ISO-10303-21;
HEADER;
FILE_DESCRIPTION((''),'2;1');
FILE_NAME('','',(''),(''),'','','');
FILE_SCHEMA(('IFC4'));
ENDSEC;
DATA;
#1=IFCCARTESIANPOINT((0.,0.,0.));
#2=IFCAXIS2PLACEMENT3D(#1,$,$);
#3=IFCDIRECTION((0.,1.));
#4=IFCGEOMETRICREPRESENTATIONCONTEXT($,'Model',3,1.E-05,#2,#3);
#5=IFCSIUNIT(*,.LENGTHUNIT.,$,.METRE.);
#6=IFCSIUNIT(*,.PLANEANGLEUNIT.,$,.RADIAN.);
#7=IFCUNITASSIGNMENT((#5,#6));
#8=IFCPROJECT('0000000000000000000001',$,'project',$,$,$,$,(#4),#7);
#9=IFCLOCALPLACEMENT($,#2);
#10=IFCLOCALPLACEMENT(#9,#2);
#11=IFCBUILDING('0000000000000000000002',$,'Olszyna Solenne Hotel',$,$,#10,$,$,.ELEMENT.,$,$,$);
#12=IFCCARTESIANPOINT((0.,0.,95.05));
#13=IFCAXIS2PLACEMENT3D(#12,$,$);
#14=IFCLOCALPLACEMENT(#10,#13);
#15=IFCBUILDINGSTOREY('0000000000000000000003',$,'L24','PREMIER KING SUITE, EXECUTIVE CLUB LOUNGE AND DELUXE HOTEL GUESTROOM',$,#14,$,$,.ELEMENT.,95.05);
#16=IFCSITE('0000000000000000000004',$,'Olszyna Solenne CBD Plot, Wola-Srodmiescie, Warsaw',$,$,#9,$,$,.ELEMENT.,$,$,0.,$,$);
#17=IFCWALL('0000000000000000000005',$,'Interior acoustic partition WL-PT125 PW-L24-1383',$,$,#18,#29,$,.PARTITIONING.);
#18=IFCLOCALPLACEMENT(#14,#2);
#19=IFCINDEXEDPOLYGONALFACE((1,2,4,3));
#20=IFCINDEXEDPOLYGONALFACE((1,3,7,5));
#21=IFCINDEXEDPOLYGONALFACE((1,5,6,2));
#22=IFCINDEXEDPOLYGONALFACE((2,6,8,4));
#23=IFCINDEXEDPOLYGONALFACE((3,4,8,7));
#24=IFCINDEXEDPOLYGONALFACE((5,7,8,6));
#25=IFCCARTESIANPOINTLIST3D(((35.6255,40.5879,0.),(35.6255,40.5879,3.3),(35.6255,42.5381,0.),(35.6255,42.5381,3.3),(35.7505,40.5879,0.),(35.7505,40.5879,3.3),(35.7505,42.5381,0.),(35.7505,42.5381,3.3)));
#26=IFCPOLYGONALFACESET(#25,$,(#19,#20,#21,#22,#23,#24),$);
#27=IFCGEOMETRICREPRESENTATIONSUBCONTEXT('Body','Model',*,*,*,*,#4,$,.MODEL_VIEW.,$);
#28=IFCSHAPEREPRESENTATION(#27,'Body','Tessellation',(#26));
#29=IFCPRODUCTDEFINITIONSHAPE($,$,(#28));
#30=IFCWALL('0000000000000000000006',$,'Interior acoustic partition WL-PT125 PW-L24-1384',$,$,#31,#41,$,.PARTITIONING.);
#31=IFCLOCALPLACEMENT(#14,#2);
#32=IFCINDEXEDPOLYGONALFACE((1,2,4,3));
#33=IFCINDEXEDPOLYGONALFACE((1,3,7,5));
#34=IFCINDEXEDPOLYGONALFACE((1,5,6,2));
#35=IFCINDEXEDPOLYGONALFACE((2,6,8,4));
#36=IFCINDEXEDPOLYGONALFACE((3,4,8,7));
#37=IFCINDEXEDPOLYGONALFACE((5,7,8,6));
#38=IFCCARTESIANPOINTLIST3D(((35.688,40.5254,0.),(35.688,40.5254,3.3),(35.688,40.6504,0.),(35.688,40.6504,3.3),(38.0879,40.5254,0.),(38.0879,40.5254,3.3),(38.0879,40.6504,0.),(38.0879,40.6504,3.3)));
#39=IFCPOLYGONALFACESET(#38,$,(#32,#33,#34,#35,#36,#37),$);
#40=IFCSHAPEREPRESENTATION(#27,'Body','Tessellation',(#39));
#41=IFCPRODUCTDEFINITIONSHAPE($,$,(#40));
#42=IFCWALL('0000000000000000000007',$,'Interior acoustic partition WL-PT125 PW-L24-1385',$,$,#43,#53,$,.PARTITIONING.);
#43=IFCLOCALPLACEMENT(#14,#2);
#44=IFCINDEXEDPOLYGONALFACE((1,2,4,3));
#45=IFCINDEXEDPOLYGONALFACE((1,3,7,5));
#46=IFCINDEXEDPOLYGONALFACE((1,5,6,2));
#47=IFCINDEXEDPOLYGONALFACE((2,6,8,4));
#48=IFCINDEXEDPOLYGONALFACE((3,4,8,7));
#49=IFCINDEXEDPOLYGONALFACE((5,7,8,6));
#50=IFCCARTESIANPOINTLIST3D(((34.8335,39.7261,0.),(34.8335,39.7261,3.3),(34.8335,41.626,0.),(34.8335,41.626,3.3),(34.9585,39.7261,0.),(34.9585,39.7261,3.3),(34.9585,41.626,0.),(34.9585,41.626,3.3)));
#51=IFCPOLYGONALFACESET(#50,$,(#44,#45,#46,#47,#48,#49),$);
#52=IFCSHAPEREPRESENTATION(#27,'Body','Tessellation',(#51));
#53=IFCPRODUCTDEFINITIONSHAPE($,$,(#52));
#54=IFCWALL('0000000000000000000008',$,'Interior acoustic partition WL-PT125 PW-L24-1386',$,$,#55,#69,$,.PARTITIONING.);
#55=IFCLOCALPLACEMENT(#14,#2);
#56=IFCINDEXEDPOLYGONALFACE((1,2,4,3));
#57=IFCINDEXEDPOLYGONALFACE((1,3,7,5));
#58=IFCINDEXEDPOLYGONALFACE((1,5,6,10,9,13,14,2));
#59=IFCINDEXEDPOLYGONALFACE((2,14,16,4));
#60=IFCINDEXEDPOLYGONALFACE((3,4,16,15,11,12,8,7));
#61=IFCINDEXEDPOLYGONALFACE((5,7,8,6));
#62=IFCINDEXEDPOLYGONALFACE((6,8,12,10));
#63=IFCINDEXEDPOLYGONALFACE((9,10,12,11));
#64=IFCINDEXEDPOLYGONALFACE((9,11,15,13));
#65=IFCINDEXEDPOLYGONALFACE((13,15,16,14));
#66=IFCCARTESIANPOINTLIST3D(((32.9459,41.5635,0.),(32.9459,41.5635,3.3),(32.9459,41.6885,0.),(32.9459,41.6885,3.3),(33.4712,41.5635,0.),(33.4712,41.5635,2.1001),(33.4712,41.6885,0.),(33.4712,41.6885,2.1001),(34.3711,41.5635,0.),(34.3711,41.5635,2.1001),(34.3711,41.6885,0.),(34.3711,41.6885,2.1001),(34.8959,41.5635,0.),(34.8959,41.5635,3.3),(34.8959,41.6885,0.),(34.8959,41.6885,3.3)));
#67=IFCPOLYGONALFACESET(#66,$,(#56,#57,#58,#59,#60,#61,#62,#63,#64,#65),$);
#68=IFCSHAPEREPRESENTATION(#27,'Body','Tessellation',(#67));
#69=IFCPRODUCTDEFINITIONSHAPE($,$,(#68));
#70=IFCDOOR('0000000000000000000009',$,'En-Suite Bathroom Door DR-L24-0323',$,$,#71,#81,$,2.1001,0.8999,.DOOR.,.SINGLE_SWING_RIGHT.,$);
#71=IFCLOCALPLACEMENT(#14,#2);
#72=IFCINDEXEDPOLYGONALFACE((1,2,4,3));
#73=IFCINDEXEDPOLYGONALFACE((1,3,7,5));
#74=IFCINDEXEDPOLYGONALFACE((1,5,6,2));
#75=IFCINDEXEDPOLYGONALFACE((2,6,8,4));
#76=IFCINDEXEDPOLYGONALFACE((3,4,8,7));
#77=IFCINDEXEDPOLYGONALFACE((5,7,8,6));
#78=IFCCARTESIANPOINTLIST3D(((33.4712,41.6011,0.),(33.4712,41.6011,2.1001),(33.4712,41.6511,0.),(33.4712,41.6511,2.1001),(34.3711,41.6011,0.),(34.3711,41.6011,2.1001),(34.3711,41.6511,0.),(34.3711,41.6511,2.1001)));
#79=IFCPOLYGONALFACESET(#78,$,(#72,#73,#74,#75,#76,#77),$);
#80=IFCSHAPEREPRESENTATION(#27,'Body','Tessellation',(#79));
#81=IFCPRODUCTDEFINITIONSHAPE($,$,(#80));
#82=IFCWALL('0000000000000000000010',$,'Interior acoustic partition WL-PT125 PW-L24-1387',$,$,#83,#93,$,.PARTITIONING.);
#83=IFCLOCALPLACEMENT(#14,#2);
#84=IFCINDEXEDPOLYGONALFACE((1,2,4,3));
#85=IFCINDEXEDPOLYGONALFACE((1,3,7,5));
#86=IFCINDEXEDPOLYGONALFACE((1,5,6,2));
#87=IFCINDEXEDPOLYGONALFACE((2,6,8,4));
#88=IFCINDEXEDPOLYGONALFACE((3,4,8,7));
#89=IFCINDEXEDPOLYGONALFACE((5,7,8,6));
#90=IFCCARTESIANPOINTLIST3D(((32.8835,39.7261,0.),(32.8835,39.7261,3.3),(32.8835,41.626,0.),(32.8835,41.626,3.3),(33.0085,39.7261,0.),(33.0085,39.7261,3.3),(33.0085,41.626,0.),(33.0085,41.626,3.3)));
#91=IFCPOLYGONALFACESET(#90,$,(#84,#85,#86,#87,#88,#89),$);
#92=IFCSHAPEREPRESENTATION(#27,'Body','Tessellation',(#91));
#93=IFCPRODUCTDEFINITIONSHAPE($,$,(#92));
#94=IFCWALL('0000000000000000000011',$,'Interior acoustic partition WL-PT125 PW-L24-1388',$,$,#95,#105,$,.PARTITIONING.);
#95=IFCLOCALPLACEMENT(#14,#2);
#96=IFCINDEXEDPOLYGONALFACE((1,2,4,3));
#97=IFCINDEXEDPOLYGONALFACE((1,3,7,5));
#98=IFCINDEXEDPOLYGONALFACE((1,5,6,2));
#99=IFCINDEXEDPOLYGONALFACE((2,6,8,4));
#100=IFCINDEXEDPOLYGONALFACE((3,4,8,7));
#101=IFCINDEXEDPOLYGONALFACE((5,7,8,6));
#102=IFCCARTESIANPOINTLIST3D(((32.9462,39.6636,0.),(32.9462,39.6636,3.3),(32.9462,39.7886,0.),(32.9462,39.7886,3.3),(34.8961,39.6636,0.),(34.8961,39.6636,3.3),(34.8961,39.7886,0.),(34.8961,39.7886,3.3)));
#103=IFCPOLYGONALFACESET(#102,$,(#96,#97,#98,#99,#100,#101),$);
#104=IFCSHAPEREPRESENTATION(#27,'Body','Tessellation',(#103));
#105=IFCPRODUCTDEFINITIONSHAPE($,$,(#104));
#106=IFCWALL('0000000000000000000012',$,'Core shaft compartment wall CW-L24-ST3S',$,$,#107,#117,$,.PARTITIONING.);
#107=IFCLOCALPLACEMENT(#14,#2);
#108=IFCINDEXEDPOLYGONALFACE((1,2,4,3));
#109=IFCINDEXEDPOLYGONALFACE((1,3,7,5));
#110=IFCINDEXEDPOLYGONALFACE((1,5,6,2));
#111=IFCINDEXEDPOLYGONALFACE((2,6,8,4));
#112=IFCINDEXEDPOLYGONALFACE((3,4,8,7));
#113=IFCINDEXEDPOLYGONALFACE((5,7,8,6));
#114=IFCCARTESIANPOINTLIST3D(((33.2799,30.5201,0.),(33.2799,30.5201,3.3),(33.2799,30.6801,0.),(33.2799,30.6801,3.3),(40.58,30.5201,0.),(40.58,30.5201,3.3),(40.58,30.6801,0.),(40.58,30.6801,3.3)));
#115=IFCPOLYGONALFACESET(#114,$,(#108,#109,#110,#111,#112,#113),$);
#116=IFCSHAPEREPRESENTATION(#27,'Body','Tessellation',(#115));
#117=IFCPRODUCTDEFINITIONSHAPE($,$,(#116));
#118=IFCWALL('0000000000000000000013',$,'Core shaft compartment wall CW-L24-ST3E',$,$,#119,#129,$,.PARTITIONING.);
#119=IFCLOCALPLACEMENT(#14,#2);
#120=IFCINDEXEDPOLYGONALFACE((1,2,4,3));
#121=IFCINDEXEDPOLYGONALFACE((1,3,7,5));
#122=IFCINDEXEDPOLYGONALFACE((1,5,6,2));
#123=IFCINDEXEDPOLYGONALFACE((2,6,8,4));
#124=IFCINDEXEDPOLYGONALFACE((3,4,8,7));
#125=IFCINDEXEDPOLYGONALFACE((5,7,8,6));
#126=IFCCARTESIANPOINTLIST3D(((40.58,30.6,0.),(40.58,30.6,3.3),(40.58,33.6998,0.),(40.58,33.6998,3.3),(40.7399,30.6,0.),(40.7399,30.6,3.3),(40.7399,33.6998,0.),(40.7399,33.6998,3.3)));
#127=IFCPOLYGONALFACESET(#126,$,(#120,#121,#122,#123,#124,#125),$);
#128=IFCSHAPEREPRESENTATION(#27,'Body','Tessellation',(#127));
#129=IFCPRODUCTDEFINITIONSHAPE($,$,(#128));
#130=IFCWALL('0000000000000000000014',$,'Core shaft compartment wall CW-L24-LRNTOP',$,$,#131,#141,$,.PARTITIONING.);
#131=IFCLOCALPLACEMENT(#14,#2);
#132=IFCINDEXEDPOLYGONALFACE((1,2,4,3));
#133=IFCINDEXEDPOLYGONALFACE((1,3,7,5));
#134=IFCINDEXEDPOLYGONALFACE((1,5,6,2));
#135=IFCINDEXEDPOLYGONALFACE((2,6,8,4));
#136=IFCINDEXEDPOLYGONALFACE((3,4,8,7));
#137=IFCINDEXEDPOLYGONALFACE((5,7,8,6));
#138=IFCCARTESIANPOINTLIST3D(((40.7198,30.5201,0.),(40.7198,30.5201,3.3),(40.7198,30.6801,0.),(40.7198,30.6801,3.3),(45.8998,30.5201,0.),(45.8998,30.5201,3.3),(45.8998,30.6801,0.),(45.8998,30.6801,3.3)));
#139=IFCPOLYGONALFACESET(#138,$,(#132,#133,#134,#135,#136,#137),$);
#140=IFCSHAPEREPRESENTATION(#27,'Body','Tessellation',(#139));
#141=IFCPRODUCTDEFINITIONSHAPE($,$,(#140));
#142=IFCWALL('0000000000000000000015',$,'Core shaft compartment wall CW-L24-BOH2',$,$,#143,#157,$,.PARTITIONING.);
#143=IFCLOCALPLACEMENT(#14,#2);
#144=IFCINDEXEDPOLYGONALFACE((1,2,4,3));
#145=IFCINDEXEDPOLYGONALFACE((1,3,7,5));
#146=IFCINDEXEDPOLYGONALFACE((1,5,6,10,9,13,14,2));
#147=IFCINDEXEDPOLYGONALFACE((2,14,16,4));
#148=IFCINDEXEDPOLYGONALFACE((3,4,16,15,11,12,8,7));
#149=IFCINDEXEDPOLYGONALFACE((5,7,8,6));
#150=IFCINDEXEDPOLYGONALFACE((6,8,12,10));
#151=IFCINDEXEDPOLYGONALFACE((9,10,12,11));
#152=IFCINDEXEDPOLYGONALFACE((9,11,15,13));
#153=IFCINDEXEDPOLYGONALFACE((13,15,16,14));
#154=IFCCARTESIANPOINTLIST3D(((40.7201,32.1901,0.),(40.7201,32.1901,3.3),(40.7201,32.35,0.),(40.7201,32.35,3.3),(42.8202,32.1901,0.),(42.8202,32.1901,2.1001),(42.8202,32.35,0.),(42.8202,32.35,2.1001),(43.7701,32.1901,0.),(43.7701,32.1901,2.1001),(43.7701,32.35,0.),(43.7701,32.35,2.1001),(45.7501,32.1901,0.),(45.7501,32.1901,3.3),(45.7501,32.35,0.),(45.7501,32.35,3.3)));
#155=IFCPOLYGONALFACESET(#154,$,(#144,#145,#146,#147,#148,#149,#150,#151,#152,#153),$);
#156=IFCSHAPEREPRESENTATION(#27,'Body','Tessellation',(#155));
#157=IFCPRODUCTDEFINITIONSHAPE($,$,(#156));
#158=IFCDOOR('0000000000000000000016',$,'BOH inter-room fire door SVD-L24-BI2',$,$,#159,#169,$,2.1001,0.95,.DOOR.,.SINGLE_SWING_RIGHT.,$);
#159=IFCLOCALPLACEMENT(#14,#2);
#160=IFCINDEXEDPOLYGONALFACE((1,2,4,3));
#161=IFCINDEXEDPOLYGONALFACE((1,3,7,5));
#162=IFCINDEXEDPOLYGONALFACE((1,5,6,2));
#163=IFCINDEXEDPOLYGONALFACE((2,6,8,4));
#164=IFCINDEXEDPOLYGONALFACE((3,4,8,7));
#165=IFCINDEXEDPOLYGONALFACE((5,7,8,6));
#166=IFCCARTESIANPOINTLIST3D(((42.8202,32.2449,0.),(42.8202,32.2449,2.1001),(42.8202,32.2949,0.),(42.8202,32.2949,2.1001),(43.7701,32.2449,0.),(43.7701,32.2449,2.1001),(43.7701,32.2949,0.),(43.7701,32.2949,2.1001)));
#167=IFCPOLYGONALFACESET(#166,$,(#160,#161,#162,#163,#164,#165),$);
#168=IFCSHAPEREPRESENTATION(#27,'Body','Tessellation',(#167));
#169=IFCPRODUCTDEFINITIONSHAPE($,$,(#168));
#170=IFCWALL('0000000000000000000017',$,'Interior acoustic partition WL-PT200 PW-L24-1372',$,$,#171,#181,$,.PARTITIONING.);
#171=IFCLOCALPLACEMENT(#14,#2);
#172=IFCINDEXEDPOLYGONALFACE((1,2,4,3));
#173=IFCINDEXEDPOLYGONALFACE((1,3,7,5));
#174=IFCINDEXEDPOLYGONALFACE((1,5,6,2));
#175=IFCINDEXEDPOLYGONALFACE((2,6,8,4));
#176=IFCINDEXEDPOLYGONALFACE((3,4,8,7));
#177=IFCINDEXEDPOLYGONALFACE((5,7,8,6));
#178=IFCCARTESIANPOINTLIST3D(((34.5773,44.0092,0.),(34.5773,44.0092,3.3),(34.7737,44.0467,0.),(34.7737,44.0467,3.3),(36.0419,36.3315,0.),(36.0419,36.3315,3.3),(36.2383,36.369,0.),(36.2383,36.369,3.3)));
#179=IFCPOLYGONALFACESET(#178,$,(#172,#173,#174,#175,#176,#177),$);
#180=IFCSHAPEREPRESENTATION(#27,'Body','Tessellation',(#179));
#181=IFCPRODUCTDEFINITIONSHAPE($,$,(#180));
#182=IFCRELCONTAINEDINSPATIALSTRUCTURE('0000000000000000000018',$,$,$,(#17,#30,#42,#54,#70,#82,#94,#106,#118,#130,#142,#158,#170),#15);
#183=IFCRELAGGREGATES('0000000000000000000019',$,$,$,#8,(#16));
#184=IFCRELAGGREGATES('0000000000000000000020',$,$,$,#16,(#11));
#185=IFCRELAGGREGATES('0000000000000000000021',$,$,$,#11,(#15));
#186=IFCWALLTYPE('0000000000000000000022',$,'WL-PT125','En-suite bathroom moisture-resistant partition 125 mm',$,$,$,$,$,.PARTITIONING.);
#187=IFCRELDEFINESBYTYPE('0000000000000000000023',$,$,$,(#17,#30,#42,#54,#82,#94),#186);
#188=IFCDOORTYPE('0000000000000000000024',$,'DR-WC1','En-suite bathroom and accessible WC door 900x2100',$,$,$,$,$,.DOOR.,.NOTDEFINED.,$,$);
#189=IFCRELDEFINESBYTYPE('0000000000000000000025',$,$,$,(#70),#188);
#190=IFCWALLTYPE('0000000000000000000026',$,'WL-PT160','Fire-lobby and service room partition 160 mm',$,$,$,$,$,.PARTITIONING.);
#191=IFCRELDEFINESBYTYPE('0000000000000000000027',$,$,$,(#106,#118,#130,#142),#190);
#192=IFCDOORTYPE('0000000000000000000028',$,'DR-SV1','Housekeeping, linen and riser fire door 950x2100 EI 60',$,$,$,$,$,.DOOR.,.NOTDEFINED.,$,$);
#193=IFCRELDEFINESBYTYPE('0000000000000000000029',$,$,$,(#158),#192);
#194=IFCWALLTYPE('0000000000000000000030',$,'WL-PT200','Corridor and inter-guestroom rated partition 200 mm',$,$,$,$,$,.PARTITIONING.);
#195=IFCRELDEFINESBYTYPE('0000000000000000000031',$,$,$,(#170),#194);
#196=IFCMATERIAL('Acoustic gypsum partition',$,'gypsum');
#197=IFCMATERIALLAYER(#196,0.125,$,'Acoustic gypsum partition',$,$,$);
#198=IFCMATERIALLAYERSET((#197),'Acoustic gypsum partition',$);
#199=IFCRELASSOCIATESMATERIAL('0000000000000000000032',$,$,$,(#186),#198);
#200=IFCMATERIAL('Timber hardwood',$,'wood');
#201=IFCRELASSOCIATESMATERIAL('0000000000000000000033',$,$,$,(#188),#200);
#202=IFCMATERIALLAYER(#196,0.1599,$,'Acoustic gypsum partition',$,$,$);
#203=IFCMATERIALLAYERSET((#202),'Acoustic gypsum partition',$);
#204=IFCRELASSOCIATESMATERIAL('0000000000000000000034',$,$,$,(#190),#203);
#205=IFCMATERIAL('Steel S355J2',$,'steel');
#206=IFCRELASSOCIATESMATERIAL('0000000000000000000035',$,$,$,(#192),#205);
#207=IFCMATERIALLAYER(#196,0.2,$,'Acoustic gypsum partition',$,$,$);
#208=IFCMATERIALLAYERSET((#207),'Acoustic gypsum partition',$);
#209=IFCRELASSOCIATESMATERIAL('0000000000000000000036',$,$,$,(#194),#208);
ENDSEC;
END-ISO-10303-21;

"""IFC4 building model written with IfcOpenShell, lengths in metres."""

from ifc_helpers import new_model, si_unit, direction, frame, frame_2d, origin, place, context, subcontext, project, spatial, rectangle, extrude, source, transform, mapped, material, layer, layer_set, type_object, type_shapes, element, fill, save


model = new_model("IFC4")

# Units and contexts
model_context = context("Model", 3, precision=1e-05, world=origin(), true_north=direction((0.0, 1.0)))
body_context = subcontext(model_context, "Body", "Model", "MODEL_VIEW")
ifc_project = project(units=[si_unit("LENGTHUNIT", "METRE"), si_unit("PLANEANGLEUNIT", "RADIAN")], contexts=[model_context])

# Site, building, storey
site_placement = place(None, origin())
site = spatial("IfcSite", under=ifc_project, at=site_placement, Name="Olszyna Solenne CBD Plot, Wola-Srodmiescie, Warsaw", CompositionType="ELEMENT", RefElevation=0.0)
building_placement = place(site_placement, origin())
building = spatial("IfcBuilding", under=site, at=building_placement, Name="Olszyna Solenne Hotel", CompositionType="ELEMENT")
storey_placement = place(building_placement, frame((0.0, 0.0, 95.05)))
storey = spatial("IfcBuildingStorey", under=building, at=storey_placement, Name="L24", Description="PREMIER KING SUITE, EXECUTIVE CLUB LOUNGE AND DELUXE HOTEL GUESTROOM", CompositionType="ELEMENT", Elevation=95.05)

# Shared definitions
ifc_material_1 = material(Name="Acoustic gypsum partition", Category="gypsum")
ifc_layer_1 = layer(ifc_material_1, 0.125, Name="Acoustic gypsum partition")
ifc_layer_set_1 = layer_set([ifc_layer_1], Name="Acoustic gypsum partition")
wall_type_1 = type_object("IfcWallType", Name="WL-PT125", Description="En-suite bathroom moisture-resistant partition 125 mm", PredefinedType="PARTITIONING", material=ifc_layer_set_1)
ifc_material_2 = material(Name="Timber hardwood", Category="wood")
door_type_1 = type_object("IfcDoorType", Name="DR-WC1", Description="En-suite bathroom and accessible WC door 900x2100", OperationType="NOTDEFINED", PredefinedType="DOOR", material=ifc_material_2)
shared_shape_1 = source(origin(), body_context, "Body", "SweptSolid", [
    extrude(rectangle(XDim=0.8999, YDim=2.1001, at=frame_2d((0.45, 1.05))), frame((0.0, 0.0249, 0.0), z_axis=(0.0, -1.0, 0.0), x_axis=(1.0, 0.0, 0.0)), (0.0, 0.0, 1.0), 0.05),
])
type_shapes(door_type_1, [shared_shape_1])

# Walls
wall_1_placement = place(storey_placement, frame((35.688, 42.5381, 0.0), z_axis=(0.0, 0.0, 1.0), x_axis=(0.0, -1.0, 0.0)))
element("IfcWall", 1, at=wall_1_placement, inside=storey, type_object=wall_type_1, Name="Interior acoustic partition WL-PT125 PW-L24-1383", PredefinedType="PARTITIONING", context=body_context, shape_type="SweptSolid", body=[
    extrude(rectangle(XDim=1.9502, YDim=0.125, at=frame_2d((0.9751, 0.0))), origin(), (0.0, 0.0, 1.0), 3.3),
])
wall_2_placement = place(storey_placement, frame((35.688, 40.5879, 0.0), z_axis=(0.0, 0.0, 1.0), x_axis=(1.0, 0.0, 0.0)))
element("IfcWall", 2, at=wall_2_placement, inside=storey, type_object=wall_type_1, Name="Interior acoustic partition WL-PT125 PW-L24-1384", PredefinedType="PARTITIONING", context=body_context, shape_type="SweptSolid", body=[
    extrude(rectangle(XDim=2.3999, YDim=0.125, at=frame_2d((1.2, 0.0))), origin(), (0.0, 0.0, 1.0), 3.3),
])
wall_3_placement = place(storey_placement, frame((34.896, 39.7261, 0.0), z_axis=(0.0, 0.0, 1.0), x_axis=(0.0, 1.0, 0.0)))
element("IfcWall", 3, at=wall_3_placement, inside=storey, type_object=wall_type_1, Name="Interior acoustic partition WL-PT125 PW-L24-1385", PredefinedType="PARTITIONING", context=body_context, shape_type="SweptSolid", body=[
    extrude(rectangle(XDim=1.8999, YDim=0.125, at=frame_2d((0.95, 0.0))), origin(), (0.0, 0.0, 1.0), 3.3),
])

# Wall, opening, door
wall_4_placement = place(storey_placement, frame((34.896, 41.626, 0.0), z_axis=(0.0, 0.0, 1.0), x_axis=(-1.0, 0.0, 0.0)))
wall_4 = element("IfcWall", 4, at=wall_4_placement, inside=storey, type_object=wall_type_1, Name="Interior acoustic partition WL-PT125 PW-L24-1386", PredefinedType="PARTITIONING", context=body_context, shape_type="SweptSolid", body=[
    extrude(rectangle(XDim=1.95, YDim=0.125, at=frame_2d((0.9751, 0.0))), origin(), (0.0, 0.0, 1.0), 3.3),
])
opening_1_placement = place(wall_4_placement, frame((0.5249, 0.0, 0.0)))
opening_1 = element("IfcOpeningElement", 5, at=opening_1_placement, cuts=wall_4, PredefinedType="OPENING", context=body_context, shape_type="SweptSolid", body=[
    extrude(rectangle(XDim=0.8999, YDim=2.1001, at=frame_2d((0.45, 1.05))), frame((0.0, 0.0725, 0.0), z_axis=(0.0, -1.0, 0.0), x_axis=(1.0, 0.0, 0.0)), (0.0, 0.0, 1.0), 0.145),
])
door_1_placement = place(opening_1_placement, origin())
door_1 = element("IfcDoor", 6, at=door_1_placement, inside=storey, type_object=door_type_1, Name="En-Suite Bathroom Door DR-L24-0323", OperationType="SINGLE_SWING_RIGHT", OverallHeight=2.1001, OverallWidth=0.8999, PredefinedType="DOOR", context=body_context, shape_type="MappedRepresentation", body=[
    mapped(shared_shape_1, transform((0.0, 0.0, 0.0), x_axis=(1.0, 0.0, 0.0), y_axis=(0.0, 1.0, 0.0), z_axis=(0.0, 0.0, 1.0), scale=1.0)),
])
fill(opening_1, door_1)

# Walls
wall_5_placement = place(storey_placement, frame((32.946, 41.626, 0.0), z_axis=(0.0, 0.0, 1.0), x_axis=(0.0, -1.0, 0.0)))
element("IfcWall", 7, at=wall_5_placement, inside=storey, type_object=wall_type_1, Name="Interior acoustic partition WL-PT125 PW-L24-1387", PredefinedType="PARTITIONING", context=body_context, shape_type="SweptSolid", body=[
    extrude(rectangle(XDim=1.8999, YDim=0.125, at=frame_2d((0.95, 0.0))), origin(), (0.0, 0.0, 1.0), 3.3),
])
wall_6_placement = place(storey_placement, frame((32.946, 39.7261, 0.0), z_axis=(0.0, 0.0, 1.0), x_axis=(1.0, 0.0, 0.0)))
element("IfcWall", 8, at=wall_6_placement, inside=storey, type_object=wall_type_1, Name="Interior acoustic partition WL-PT125 PW-L24-1388", PredefinedType="PARTITIONING", context=body_context, shape_type="SweptSolid", body=[
    extrude(rectangle(XDim=1.95, YDim=0.125, at=frame_2d((0.9751, 0.0))), origin(), (0.0, 0.0, 1.0), 3.3),
])
ifc_layer_2 = layer(ifc_material_1, 0.1599, Name="Acoustic gypsum partition")
ifc_layer_set_2 = layer_set([ifc_layer_2], Name="Acoustic gypsum partition")
wall_type_2 = type_object("IfcWallType", Name="WL-PT160", Description="Fire-lobby and service room partition 160 mm", PredefinedType="PARTITIONING", material=ifc_layer_set_2)
wall_7_placement = place(storey_placement, frame((33.28, 30.6001, 0.0), z_axis=(0.0, 0.0, 1.0), x_axis=(1.0, 0.0, 0.0)))
element("IfcWall", 9, at=wall_7_placement, inside=storey, type_object=wall_type_2, Name="Core shaft compartment wall CW-L24-ST3S", PredefinedType="PARTITIONING", context=body_context, shape_type="SweptSolid", body=[
    extrude(rectangle(XDim=7.3, YDim=0.1599, at=frame_2d((3.6499, 0.0))), origin(), (0.0, 0.0, 1.0), 3.3),
])
wall_8_placement = place(storey_placement, frame((40.6599, 30.6001, 0.0), z_axis=(0.0, 0.0, 1.0), x_axis=(0.0, 1.0, 0.0)))
element("IfcWall", 10, at=wall_8_placement, inside=storey, type_object=wall_type_2, Name="Core shaft compartment wall CW-L24-ST3E", PredefinedType="PARTITIONING", context=body_context, shape_type="SweptSolid", body=[
    extrude(rectangle(XDim=3.0999, YDim=0.1599, at=frame_2d((1.5498, 0.0))), origin(), (0.0, 0.0, 1.0), 3.3),
])
wall_9_placement = place(storey_placement, frame((40.72, 30.6001, 0.0), z_axis=(0.0, 0.0, 1.0), x_axis=(1.0, 0.0, 0.0)))
element("IfcWall", 11, at=wall_9_placement, inside=storey, type_object=wall_type_2, Name="Core shaft compartment wall CW-L24-LRNTOP", PredefinedType="PARTITIONING", context=body_context, shape_type="SweptSolid", body=[
    extrude(rectangle(XDim=5.1799, YDim=0.1599, at=frame_2d((2.5898, 0.0))), origin(), (0.0, 0.0, 1.0), 3.3),
])

# Wall, opening, door
wall_10_placement = place(storey_placement, frame((40.72, 32.27, 0.0), z_axis=(0.0, 0.0, 1.0), x_axis=(1.0, 0.0, 0.0)))
wall_10 = element("IfcWall", 12, at=wall_10_placement, inside=storey, type_object=wall_type_2, Name="Core shaft compartment wall CW-L24-BOH2", PredefinedType="PARTITIONING", context=body_context, shape_type="SweptSolid", body=[
    extrude(rectangle(XDim=5.03, YDim=0.1599, at=frame_2d((2.5151, 0.0))), origin(), (0.0, 0.0, 1.0), 3.3),
])
opening_2_placement = place(wall_10_placement, frame((2.1001, 0.0, 0.0)))
opening_2 = element("IfcOpeningElement", 13, at=opening_2_placement, cuts=wall_10, PredefinedType="OPENING", context=body_context, shape_type="SweptSolid", body=[
    extrude(rectangle(XDim=0.95, YDim=2.1001, at=frame_2d((0.4751, 1.05))), frame((0.0, 0.0898, 0.0), z_axis=(0.0, -1.0, 0.0), x_axis=(1.0, 0.0, 0.0)), (0.0, 0.0, 1.0), 0.1799),
])
ifc_material_3 = material(Name="Steel S355J2", Category="steel")
door_type_2 = type_object("IfcDoorType", Name="DR-SV1", Description="Housekeeping, linen and riser fire door 950x2100 EI 60", OperationType="NOTDEFINED", PredefinedType="DOOR", material=ifc_material_3)
shared_shape_2 = source(origin(), body_context, "Body", "SweptSolid", [
    extrude(rectangle(XDim=0.95, YDim=2.1001, at=frame_2d((0.4751, 1.05))), frame((0.0, 0.0249, 0.0), z_axis=(0.0, -1.0, 0.0), x_axis=(1.0, 0.0, 0.0)), (0.0, 0.0, 1.0), 0.05),
])
type_shapes(door_type_2, [shared_shape_2])
door_2_placement = place(opening_2_placement, origin())
door_2 = element("IfcDoor", 14, at=door_2_placement, inside=storey, type_object=door_type_2, Name="BOH inter-room fire door SVD-L24-BI2", OperationType="SINGLE_SWING_RIGHT", OverallHeight=2.1001, OverallWidth=0.95, PredefinedType="DOOR", context=body_context, shape_type="MappedRepresentation", body=[
    mapped(shared_shape_2, transform((0.0, 0.0, 0.0), x_axis=(1.0, 0.0, 0.0), y_axis=(0.0, 1.0, 0.0), z_axis=(0.0, 0.0, 1.0), scale=1.0)),
])
fill(opening_2, door_2)

# Wall
ifc_layer_3 = layer(ifc_material_1, 0.2, Name="Acoustic gypsum partition")
ifc_layer_set_3 = layer_set([ifc_layer_3], Name="Acoustic gypsum partition")
wall_type_3 = type_object("IfcWallType", Name="WL-PT200", Description="Corridor and inter-guestroom rated partition 200 mm", PredefinedType="PARTITIONING", material=ifc_layer_set_3)
wall_11_placement = place(storey_placement, frame((36.1401, 36.3501, 0.0), z_axis=(0.0, 0.0, 1.0), x_axis=(-0.187381, 0.982287, 0.0)))
element("IfcWall", 15, at=wall_11_placement, inside=storey, type_object=wall_type_3, Name="Interior acoustic partition WL-PT200 PW-L24-1372", PredefinedType="PARTITIONING", context=body_context, shape_type="SweptSolid", body=[
    extrude(rectangle(XDim=7.8162, YDim=0.2, at=frame_2d((3.9082, 0.0))), origin(), (0.0, 0.0, 1.0), 3.3),
])

save(model, "model.ifc")
